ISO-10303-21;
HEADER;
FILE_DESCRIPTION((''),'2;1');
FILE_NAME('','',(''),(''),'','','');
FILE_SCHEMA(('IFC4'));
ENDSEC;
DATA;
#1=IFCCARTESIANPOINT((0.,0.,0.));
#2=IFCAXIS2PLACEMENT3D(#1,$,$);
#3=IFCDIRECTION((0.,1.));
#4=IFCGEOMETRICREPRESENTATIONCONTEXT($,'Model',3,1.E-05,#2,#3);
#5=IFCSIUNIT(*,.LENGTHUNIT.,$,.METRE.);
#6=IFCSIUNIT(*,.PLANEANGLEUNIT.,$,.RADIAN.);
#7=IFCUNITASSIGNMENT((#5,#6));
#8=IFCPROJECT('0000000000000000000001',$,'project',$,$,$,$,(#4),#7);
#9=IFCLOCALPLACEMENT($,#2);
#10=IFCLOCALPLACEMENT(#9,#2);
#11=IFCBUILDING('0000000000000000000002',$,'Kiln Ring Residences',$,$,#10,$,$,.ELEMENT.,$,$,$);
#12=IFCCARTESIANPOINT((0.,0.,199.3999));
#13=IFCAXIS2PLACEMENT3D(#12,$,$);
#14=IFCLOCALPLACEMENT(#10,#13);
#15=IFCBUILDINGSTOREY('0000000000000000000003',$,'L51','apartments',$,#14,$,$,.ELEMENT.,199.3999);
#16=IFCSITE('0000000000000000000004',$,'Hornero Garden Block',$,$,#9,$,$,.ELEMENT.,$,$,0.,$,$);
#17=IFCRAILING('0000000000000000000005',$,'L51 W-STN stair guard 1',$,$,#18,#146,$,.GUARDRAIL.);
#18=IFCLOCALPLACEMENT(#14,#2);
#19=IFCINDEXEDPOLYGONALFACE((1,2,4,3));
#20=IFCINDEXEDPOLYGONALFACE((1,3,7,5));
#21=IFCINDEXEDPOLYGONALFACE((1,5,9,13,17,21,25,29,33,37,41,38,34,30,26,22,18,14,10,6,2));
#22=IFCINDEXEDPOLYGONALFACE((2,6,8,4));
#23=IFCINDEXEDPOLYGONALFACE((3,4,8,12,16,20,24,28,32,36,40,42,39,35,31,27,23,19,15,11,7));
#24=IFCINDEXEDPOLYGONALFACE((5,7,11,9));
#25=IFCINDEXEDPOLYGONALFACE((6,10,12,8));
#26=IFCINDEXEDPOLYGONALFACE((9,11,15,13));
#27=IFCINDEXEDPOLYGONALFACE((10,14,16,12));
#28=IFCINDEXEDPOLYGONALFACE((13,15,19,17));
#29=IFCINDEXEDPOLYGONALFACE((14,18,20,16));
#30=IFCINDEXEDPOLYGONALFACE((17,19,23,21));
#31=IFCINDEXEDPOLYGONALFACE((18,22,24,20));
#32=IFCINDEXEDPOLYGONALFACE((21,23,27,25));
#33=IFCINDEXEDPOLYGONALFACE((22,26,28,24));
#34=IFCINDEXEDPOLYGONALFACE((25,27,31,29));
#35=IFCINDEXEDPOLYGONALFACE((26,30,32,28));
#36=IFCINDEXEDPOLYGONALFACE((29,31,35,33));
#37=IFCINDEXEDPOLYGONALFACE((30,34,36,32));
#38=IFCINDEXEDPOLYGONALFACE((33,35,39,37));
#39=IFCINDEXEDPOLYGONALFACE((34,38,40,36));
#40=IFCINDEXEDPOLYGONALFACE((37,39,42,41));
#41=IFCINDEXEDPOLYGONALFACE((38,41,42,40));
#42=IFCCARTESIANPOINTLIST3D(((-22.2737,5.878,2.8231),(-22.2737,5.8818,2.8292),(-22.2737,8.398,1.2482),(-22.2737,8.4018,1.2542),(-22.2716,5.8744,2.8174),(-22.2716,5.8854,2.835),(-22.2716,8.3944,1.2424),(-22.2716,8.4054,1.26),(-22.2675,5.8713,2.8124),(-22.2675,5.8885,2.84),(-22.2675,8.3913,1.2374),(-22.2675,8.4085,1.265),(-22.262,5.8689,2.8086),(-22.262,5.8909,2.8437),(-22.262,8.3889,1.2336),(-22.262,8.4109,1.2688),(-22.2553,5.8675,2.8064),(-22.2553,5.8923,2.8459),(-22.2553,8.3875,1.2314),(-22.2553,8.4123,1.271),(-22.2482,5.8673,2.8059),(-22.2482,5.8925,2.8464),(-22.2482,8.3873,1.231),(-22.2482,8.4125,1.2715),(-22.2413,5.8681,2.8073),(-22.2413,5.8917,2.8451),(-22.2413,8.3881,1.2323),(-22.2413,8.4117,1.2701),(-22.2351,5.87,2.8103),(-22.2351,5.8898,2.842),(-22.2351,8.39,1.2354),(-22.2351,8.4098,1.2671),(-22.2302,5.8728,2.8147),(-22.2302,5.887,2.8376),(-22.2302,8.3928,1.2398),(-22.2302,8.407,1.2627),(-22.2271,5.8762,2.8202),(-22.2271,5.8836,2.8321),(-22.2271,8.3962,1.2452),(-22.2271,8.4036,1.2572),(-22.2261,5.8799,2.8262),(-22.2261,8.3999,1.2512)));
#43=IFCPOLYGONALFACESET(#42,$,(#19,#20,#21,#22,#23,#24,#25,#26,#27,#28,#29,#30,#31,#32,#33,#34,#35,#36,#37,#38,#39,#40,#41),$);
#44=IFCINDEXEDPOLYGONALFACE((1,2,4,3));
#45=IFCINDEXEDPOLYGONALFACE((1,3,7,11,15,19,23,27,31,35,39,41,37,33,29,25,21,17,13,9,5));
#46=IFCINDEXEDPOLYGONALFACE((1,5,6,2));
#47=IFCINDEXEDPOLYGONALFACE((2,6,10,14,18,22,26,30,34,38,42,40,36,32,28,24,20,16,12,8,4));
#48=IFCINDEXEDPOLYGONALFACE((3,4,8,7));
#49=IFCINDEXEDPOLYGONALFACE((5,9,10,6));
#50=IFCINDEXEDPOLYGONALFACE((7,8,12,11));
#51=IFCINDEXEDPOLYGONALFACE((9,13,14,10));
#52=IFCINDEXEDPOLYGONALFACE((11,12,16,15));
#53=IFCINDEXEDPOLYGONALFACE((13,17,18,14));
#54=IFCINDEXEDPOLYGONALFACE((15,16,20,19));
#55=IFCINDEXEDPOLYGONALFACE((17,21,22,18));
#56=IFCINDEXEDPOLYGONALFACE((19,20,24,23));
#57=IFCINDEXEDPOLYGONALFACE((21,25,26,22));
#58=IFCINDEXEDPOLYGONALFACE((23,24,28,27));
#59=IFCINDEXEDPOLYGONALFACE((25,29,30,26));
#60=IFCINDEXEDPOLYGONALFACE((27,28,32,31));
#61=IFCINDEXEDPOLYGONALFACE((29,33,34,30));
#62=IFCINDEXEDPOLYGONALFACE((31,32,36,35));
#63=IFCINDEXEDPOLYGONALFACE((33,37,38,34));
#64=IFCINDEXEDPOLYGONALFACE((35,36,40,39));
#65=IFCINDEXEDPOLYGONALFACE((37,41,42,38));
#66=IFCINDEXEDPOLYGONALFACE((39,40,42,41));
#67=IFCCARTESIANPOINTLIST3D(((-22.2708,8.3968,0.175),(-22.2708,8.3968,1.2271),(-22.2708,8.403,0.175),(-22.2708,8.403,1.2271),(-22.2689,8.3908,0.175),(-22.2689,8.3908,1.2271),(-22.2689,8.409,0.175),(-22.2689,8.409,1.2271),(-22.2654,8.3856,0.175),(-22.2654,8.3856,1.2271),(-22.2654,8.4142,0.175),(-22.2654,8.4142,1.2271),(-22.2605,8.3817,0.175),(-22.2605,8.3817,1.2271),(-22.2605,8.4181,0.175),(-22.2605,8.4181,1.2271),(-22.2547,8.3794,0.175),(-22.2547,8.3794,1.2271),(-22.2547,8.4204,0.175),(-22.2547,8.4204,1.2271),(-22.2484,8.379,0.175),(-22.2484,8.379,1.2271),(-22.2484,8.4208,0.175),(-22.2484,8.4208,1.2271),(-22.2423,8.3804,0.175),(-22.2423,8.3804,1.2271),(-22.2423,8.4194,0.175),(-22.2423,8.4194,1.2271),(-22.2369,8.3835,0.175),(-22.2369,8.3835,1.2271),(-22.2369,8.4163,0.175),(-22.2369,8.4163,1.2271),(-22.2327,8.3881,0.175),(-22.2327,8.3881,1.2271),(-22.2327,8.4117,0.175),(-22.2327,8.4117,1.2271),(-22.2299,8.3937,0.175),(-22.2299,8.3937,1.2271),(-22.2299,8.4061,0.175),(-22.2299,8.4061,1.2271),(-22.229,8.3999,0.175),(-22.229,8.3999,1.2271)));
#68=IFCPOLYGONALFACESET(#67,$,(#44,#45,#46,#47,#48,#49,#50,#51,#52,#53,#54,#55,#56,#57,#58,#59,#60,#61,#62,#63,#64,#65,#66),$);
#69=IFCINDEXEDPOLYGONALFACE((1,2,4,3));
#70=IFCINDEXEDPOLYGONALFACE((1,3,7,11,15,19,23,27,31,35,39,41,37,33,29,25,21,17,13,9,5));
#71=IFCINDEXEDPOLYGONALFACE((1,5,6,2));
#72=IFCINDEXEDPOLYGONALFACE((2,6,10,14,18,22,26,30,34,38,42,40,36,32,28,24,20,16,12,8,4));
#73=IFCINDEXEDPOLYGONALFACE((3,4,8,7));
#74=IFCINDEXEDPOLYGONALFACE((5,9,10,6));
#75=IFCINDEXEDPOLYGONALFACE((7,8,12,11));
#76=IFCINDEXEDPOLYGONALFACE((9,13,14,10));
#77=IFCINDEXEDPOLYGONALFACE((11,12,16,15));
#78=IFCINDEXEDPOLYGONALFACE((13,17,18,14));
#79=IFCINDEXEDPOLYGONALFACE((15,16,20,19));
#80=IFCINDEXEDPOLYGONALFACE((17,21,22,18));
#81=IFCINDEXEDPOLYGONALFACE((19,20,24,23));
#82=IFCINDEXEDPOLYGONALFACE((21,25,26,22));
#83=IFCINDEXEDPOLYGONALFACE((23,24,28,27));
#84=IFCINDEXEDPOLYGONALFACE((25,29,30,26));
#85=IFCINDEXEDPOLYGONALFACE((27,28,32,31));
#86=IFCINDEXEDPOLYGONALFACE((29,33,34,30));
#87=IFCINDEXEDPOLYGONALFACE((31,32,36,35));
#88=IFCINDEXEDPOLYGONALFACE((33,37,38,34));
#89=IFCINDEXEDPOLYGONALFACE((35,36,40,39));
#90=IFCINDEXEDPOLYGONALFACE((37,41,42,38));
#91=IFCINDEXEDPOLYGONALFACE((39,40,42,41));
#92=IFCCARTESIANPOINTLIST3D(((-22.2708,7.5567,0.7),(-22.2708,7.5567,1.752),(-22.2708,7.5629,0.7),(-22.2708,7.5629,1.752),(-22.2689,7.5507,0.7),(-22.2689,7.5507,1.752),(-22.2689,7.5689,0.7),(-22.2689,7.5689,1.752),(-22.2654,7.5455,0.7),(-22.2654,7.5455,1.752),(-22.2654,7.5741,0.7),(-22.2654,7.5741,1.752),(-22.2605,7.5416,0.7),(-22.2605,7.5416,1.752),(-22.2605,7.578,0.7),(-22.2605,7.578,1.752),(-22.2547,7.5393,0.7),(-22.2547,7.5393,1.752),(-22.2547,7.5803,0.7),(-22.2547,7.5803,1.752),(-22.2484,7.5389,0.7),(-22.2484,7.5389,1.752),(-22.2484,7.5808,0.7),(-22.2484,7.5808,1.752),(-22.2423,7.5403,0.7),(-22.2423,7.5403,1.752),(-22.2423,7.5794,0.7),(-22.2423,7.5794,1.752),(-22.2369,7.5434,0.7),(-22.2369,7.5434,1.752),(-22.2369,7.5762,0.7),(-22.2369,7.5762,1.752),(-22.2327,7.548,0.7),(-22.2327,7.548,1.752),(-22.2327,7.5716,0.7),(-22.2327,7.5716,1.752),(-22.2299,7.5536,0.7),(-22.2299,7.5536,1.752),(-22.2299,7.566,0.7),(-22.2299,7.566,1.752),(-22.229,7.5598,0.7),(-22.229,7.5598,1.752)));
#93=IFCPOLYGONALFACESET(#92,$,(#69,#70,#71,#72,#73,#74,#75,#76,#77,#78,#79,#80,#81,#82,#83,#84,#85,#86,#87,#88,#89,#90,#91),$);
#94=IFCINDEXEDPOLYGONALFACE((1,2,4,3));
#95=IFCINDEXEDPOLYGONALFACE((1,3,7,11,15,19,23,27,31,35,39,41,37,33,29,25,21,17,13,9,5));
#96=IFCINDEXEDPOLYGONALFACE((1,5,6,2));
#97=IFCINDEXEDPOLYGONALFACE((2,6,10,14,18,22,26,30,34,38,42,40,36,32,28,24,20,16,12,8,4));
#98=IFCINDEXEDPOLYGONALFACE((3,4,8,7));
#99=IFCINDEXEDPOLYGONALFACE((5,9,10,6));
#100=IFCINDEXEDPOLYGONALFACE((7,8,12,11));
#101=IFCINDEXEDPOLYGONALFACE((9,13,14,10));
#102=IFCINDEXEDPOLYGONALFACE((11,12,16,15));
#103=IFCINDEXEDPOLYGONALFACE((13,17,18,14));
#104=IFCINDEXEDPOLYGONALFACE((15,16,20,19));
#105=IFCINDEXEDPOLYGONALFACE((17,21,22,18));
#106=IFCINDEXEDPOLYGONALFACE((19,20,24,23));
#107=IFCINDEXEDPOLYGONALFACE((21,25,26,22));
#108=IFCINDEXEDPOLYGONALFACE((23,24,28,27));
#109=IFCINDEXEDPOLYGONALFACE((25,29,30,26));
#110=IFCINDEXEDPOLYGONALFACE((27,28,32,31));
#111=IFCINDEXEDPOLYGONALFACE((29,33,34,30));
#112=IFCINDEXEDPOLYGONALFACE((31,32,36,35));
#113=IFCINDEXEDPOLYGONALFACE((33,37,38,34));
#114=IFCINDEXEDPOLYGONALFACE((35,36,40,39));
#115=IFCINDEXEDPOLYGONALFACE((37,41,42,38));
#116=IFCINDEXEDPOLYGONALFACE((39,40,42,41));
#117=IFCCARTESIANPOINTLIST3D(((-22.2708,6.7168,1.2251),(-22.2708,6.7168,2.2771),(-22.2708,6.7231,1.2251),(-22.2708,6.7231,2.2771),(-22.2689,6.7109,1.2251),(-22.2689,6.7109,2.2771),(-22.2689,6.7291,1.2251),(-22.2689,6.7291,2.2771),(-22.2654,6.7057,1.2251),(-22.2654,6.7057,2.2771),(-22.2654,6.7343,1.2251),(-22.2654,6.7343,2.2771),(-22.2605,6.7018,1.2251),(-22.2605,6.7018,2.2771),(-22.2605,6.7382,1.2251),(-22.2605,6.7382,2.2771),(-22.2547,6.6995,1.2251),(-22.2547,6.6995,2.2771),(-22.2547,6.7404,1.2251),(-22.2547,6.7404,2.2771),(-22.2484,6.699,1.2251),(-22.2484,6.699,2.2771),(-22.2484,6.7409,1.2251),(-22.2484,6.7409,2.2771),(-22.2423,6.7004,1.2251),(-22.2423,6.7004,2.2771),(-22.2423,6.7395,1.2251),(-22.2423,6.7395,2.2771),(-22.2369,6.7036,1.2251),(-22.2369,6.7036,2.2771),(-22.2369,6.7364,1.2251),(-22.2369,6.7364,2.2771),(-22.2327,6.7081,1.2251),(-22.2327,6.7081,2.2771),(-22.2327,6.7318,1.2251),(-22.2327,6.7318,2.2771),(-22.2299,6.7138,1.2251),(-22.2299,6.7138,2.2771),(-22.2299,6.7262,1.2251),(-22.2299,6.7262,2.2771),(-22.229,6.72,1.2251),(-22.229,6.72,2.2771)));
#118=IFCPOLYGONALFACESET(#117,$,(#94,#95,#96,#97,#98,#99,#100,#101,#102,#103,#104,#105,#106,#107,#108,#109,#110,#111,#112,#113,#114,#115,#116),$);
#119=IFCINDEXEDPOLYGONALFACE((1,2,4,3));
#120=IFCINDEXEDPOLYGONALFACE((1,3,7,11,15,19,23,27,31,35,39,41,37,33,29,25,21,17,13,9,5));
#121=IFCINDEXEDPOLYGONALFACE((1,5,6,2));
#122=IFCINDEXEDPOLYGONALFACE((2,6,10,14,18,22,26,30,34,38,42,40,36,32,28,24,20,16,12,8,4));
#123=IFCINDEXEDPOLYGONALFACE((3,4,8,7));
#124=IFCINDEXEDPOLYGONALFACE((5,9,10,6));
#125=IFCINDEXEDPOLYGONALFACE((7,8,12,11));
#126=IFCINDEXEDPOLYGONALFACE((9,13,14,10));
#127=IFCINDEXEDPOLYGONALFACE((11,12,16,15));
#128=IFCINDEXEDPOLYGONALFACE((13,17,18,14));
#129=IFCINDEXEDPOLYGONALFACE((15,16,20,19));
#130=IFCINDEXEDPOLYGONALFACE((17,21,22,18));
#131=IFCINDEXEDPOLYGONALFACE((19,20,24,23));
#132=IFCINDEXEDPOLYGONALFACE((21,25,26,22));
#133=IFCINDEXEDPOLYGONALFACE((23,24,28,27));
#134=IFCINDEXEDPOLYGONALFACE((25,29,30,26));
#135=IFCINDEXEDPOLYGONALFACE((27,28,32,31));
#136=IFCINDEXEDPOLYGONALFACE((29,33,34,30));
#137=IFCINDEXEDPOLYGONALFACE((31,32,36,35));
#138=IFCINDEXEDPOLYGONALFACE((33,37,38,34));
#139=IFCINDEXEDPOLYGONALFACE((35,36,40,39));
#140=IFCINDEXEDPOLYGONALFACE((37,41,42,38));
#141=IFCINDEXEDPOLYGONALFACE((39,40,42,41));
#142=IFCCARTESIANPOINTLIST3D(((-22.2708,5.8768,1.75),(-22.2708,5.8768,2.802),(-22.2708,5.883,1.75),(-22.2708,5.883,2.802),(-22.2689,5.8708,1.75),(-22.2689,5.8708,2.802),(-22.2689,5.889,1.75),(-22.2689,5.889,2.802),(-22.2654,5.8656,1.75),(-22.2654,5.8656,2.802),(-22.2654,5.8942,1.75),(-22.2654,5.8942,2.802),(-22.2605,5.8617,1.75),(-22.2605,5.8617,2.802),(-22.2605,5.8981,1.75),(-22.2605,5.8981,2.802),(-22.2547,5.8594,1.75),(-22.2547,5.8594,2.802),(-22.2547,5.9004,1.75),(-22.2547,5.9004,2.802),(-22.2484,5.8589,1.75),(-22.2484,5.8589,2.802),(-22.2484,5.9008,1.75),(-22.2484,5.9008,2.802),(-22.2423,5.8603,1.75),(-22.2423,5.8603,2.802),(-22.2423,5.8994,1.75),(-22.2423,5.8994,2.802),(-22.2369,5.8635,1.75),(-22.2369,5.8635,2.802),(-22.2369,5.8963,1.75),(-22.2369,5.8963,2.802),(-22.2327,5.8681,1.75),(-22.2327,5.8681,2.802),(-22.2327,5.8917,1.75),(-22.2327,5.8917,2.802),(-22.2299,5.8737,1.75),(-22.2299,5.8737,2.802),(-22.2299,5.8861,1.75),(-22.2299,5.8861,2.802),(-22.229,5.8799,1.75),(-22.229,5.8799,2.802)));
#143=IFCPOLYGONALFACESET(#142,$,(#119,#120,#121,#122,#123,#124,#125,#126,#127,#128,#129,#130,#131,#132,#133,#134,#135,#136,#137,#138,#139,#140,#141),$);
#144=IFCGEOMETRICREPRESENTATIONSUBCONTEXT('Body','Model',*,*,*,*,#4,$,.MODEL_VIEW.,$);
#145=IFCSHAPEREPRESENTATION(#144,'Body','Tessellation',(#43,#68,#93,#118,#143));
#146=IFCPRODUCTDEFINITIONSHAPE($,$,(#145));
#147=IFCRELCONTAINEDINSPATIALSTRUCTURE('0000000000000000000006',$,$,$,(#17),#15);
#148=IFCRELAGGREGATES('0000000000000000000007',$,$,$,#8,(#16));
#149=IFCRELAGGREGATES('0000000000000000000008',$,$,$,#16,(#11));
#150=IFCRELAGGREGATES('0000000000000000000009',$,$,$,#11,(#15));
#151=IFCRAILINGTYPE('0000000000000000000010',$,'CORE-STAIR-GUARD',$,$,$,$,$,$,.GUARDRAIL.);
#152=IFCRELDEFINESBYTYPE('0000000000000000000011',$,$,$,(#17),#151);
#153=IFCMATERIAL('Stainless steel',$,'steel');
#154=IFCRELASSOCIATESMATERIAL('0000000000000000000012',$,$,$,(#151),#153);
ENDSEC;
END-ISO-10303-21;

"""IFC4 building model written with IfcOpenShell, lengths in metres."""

from ifc_helpers import new_model, si_unit, direction, frame, origin, origin_2d, place, context, subcontext, project, spatial, circle, extrude, material, type_object, element, save


model = new_model("IFC4")

# Units and contexts
model_context = context("Model", 3, precision=1e-05, world=origin(), true_north=direction((0.0, 1.0)))
body_context = subcontext(model_context, "Body", "Model", "MODEL_VIEW")
ifc_project = project(units=[si_unit("LENGTHUNIT", "METRE"), si_unit("PLANEANGLEUNIT", "RADIAN")], contexts=[model_context])

# Site, building, storey
site_placement = place(None, origin())
site = spatial("IfcSite", under=ifc_project, at=site_placement, Name="Hornero Garden Block", CompositionType="ELEMENT", RefElevation=0.0)
building_placement = place(site_placement, origin())
building = spatial("IfcBuilding", under=site, at=building_placement, Name="Kiln Ring Residences", CompositionType="ELEMENT")
storey_placement = place(building_placement, frame((0.0, 0.0, 199.3999)))
storey = spatial("IfcBuildingStorey", under=building, at=storey_placement, Name="L51", Description="apartments", CompositionType="ELEMENT", Elevation=199.3999)

# Railing
ifc_material_1 = material(Name="Stainless steel", Category="steel")
railing_type_1 = type_object("IfcRailingType", Name="CORE-STAIR-GUARD", PredefinedType="GUARDRAIL", material=ifc_material_1)
railing_1_placement = place(storey_placement, frame((-22.25, 8.3999, 0.175)))
element("IfcRailing", 1, at=railing_1_placement, inside=storey, type_object=railing_type_1, Name="L51 W-STN stair guard 1", PredefinedType="GUARDRAIL", context=body_context, shape_type="SweptSolid", body=[
    extrude(circle(Radius=0.0239, at=origin_2d()), frame((0.0, 0.0, 1.0762), z_axis=(0.0, -0.848008, 0.529984), x_axis=(1.0, 0.0, 0.0)), (0.0, 0.0, 1.0), 2.9717),
    extrude(circle(Radius=0.021, at=origin_2d()), origin(), (0.0, 0.0, 1.0), 1.052),
    extrude(circle(Radius=0.021, at=origin_2d()), frame((0.0, -0.8401, 0.5249)), (0.0, 0.0, 1.0), 1.052),
    extrude(circle(Radius=0.021, at=origin_2d()), frame((0.0, -1.6799, 1.05)), (0.0, 0.0, 1.0), 1.052),
    extrude(circle(Radius=0.021, at=origin_2d()), frame((0.0, -2.52, 1.575)), (0.0, 0.0, 1.0), 1.052),
])

save(model, "model.ifc")
